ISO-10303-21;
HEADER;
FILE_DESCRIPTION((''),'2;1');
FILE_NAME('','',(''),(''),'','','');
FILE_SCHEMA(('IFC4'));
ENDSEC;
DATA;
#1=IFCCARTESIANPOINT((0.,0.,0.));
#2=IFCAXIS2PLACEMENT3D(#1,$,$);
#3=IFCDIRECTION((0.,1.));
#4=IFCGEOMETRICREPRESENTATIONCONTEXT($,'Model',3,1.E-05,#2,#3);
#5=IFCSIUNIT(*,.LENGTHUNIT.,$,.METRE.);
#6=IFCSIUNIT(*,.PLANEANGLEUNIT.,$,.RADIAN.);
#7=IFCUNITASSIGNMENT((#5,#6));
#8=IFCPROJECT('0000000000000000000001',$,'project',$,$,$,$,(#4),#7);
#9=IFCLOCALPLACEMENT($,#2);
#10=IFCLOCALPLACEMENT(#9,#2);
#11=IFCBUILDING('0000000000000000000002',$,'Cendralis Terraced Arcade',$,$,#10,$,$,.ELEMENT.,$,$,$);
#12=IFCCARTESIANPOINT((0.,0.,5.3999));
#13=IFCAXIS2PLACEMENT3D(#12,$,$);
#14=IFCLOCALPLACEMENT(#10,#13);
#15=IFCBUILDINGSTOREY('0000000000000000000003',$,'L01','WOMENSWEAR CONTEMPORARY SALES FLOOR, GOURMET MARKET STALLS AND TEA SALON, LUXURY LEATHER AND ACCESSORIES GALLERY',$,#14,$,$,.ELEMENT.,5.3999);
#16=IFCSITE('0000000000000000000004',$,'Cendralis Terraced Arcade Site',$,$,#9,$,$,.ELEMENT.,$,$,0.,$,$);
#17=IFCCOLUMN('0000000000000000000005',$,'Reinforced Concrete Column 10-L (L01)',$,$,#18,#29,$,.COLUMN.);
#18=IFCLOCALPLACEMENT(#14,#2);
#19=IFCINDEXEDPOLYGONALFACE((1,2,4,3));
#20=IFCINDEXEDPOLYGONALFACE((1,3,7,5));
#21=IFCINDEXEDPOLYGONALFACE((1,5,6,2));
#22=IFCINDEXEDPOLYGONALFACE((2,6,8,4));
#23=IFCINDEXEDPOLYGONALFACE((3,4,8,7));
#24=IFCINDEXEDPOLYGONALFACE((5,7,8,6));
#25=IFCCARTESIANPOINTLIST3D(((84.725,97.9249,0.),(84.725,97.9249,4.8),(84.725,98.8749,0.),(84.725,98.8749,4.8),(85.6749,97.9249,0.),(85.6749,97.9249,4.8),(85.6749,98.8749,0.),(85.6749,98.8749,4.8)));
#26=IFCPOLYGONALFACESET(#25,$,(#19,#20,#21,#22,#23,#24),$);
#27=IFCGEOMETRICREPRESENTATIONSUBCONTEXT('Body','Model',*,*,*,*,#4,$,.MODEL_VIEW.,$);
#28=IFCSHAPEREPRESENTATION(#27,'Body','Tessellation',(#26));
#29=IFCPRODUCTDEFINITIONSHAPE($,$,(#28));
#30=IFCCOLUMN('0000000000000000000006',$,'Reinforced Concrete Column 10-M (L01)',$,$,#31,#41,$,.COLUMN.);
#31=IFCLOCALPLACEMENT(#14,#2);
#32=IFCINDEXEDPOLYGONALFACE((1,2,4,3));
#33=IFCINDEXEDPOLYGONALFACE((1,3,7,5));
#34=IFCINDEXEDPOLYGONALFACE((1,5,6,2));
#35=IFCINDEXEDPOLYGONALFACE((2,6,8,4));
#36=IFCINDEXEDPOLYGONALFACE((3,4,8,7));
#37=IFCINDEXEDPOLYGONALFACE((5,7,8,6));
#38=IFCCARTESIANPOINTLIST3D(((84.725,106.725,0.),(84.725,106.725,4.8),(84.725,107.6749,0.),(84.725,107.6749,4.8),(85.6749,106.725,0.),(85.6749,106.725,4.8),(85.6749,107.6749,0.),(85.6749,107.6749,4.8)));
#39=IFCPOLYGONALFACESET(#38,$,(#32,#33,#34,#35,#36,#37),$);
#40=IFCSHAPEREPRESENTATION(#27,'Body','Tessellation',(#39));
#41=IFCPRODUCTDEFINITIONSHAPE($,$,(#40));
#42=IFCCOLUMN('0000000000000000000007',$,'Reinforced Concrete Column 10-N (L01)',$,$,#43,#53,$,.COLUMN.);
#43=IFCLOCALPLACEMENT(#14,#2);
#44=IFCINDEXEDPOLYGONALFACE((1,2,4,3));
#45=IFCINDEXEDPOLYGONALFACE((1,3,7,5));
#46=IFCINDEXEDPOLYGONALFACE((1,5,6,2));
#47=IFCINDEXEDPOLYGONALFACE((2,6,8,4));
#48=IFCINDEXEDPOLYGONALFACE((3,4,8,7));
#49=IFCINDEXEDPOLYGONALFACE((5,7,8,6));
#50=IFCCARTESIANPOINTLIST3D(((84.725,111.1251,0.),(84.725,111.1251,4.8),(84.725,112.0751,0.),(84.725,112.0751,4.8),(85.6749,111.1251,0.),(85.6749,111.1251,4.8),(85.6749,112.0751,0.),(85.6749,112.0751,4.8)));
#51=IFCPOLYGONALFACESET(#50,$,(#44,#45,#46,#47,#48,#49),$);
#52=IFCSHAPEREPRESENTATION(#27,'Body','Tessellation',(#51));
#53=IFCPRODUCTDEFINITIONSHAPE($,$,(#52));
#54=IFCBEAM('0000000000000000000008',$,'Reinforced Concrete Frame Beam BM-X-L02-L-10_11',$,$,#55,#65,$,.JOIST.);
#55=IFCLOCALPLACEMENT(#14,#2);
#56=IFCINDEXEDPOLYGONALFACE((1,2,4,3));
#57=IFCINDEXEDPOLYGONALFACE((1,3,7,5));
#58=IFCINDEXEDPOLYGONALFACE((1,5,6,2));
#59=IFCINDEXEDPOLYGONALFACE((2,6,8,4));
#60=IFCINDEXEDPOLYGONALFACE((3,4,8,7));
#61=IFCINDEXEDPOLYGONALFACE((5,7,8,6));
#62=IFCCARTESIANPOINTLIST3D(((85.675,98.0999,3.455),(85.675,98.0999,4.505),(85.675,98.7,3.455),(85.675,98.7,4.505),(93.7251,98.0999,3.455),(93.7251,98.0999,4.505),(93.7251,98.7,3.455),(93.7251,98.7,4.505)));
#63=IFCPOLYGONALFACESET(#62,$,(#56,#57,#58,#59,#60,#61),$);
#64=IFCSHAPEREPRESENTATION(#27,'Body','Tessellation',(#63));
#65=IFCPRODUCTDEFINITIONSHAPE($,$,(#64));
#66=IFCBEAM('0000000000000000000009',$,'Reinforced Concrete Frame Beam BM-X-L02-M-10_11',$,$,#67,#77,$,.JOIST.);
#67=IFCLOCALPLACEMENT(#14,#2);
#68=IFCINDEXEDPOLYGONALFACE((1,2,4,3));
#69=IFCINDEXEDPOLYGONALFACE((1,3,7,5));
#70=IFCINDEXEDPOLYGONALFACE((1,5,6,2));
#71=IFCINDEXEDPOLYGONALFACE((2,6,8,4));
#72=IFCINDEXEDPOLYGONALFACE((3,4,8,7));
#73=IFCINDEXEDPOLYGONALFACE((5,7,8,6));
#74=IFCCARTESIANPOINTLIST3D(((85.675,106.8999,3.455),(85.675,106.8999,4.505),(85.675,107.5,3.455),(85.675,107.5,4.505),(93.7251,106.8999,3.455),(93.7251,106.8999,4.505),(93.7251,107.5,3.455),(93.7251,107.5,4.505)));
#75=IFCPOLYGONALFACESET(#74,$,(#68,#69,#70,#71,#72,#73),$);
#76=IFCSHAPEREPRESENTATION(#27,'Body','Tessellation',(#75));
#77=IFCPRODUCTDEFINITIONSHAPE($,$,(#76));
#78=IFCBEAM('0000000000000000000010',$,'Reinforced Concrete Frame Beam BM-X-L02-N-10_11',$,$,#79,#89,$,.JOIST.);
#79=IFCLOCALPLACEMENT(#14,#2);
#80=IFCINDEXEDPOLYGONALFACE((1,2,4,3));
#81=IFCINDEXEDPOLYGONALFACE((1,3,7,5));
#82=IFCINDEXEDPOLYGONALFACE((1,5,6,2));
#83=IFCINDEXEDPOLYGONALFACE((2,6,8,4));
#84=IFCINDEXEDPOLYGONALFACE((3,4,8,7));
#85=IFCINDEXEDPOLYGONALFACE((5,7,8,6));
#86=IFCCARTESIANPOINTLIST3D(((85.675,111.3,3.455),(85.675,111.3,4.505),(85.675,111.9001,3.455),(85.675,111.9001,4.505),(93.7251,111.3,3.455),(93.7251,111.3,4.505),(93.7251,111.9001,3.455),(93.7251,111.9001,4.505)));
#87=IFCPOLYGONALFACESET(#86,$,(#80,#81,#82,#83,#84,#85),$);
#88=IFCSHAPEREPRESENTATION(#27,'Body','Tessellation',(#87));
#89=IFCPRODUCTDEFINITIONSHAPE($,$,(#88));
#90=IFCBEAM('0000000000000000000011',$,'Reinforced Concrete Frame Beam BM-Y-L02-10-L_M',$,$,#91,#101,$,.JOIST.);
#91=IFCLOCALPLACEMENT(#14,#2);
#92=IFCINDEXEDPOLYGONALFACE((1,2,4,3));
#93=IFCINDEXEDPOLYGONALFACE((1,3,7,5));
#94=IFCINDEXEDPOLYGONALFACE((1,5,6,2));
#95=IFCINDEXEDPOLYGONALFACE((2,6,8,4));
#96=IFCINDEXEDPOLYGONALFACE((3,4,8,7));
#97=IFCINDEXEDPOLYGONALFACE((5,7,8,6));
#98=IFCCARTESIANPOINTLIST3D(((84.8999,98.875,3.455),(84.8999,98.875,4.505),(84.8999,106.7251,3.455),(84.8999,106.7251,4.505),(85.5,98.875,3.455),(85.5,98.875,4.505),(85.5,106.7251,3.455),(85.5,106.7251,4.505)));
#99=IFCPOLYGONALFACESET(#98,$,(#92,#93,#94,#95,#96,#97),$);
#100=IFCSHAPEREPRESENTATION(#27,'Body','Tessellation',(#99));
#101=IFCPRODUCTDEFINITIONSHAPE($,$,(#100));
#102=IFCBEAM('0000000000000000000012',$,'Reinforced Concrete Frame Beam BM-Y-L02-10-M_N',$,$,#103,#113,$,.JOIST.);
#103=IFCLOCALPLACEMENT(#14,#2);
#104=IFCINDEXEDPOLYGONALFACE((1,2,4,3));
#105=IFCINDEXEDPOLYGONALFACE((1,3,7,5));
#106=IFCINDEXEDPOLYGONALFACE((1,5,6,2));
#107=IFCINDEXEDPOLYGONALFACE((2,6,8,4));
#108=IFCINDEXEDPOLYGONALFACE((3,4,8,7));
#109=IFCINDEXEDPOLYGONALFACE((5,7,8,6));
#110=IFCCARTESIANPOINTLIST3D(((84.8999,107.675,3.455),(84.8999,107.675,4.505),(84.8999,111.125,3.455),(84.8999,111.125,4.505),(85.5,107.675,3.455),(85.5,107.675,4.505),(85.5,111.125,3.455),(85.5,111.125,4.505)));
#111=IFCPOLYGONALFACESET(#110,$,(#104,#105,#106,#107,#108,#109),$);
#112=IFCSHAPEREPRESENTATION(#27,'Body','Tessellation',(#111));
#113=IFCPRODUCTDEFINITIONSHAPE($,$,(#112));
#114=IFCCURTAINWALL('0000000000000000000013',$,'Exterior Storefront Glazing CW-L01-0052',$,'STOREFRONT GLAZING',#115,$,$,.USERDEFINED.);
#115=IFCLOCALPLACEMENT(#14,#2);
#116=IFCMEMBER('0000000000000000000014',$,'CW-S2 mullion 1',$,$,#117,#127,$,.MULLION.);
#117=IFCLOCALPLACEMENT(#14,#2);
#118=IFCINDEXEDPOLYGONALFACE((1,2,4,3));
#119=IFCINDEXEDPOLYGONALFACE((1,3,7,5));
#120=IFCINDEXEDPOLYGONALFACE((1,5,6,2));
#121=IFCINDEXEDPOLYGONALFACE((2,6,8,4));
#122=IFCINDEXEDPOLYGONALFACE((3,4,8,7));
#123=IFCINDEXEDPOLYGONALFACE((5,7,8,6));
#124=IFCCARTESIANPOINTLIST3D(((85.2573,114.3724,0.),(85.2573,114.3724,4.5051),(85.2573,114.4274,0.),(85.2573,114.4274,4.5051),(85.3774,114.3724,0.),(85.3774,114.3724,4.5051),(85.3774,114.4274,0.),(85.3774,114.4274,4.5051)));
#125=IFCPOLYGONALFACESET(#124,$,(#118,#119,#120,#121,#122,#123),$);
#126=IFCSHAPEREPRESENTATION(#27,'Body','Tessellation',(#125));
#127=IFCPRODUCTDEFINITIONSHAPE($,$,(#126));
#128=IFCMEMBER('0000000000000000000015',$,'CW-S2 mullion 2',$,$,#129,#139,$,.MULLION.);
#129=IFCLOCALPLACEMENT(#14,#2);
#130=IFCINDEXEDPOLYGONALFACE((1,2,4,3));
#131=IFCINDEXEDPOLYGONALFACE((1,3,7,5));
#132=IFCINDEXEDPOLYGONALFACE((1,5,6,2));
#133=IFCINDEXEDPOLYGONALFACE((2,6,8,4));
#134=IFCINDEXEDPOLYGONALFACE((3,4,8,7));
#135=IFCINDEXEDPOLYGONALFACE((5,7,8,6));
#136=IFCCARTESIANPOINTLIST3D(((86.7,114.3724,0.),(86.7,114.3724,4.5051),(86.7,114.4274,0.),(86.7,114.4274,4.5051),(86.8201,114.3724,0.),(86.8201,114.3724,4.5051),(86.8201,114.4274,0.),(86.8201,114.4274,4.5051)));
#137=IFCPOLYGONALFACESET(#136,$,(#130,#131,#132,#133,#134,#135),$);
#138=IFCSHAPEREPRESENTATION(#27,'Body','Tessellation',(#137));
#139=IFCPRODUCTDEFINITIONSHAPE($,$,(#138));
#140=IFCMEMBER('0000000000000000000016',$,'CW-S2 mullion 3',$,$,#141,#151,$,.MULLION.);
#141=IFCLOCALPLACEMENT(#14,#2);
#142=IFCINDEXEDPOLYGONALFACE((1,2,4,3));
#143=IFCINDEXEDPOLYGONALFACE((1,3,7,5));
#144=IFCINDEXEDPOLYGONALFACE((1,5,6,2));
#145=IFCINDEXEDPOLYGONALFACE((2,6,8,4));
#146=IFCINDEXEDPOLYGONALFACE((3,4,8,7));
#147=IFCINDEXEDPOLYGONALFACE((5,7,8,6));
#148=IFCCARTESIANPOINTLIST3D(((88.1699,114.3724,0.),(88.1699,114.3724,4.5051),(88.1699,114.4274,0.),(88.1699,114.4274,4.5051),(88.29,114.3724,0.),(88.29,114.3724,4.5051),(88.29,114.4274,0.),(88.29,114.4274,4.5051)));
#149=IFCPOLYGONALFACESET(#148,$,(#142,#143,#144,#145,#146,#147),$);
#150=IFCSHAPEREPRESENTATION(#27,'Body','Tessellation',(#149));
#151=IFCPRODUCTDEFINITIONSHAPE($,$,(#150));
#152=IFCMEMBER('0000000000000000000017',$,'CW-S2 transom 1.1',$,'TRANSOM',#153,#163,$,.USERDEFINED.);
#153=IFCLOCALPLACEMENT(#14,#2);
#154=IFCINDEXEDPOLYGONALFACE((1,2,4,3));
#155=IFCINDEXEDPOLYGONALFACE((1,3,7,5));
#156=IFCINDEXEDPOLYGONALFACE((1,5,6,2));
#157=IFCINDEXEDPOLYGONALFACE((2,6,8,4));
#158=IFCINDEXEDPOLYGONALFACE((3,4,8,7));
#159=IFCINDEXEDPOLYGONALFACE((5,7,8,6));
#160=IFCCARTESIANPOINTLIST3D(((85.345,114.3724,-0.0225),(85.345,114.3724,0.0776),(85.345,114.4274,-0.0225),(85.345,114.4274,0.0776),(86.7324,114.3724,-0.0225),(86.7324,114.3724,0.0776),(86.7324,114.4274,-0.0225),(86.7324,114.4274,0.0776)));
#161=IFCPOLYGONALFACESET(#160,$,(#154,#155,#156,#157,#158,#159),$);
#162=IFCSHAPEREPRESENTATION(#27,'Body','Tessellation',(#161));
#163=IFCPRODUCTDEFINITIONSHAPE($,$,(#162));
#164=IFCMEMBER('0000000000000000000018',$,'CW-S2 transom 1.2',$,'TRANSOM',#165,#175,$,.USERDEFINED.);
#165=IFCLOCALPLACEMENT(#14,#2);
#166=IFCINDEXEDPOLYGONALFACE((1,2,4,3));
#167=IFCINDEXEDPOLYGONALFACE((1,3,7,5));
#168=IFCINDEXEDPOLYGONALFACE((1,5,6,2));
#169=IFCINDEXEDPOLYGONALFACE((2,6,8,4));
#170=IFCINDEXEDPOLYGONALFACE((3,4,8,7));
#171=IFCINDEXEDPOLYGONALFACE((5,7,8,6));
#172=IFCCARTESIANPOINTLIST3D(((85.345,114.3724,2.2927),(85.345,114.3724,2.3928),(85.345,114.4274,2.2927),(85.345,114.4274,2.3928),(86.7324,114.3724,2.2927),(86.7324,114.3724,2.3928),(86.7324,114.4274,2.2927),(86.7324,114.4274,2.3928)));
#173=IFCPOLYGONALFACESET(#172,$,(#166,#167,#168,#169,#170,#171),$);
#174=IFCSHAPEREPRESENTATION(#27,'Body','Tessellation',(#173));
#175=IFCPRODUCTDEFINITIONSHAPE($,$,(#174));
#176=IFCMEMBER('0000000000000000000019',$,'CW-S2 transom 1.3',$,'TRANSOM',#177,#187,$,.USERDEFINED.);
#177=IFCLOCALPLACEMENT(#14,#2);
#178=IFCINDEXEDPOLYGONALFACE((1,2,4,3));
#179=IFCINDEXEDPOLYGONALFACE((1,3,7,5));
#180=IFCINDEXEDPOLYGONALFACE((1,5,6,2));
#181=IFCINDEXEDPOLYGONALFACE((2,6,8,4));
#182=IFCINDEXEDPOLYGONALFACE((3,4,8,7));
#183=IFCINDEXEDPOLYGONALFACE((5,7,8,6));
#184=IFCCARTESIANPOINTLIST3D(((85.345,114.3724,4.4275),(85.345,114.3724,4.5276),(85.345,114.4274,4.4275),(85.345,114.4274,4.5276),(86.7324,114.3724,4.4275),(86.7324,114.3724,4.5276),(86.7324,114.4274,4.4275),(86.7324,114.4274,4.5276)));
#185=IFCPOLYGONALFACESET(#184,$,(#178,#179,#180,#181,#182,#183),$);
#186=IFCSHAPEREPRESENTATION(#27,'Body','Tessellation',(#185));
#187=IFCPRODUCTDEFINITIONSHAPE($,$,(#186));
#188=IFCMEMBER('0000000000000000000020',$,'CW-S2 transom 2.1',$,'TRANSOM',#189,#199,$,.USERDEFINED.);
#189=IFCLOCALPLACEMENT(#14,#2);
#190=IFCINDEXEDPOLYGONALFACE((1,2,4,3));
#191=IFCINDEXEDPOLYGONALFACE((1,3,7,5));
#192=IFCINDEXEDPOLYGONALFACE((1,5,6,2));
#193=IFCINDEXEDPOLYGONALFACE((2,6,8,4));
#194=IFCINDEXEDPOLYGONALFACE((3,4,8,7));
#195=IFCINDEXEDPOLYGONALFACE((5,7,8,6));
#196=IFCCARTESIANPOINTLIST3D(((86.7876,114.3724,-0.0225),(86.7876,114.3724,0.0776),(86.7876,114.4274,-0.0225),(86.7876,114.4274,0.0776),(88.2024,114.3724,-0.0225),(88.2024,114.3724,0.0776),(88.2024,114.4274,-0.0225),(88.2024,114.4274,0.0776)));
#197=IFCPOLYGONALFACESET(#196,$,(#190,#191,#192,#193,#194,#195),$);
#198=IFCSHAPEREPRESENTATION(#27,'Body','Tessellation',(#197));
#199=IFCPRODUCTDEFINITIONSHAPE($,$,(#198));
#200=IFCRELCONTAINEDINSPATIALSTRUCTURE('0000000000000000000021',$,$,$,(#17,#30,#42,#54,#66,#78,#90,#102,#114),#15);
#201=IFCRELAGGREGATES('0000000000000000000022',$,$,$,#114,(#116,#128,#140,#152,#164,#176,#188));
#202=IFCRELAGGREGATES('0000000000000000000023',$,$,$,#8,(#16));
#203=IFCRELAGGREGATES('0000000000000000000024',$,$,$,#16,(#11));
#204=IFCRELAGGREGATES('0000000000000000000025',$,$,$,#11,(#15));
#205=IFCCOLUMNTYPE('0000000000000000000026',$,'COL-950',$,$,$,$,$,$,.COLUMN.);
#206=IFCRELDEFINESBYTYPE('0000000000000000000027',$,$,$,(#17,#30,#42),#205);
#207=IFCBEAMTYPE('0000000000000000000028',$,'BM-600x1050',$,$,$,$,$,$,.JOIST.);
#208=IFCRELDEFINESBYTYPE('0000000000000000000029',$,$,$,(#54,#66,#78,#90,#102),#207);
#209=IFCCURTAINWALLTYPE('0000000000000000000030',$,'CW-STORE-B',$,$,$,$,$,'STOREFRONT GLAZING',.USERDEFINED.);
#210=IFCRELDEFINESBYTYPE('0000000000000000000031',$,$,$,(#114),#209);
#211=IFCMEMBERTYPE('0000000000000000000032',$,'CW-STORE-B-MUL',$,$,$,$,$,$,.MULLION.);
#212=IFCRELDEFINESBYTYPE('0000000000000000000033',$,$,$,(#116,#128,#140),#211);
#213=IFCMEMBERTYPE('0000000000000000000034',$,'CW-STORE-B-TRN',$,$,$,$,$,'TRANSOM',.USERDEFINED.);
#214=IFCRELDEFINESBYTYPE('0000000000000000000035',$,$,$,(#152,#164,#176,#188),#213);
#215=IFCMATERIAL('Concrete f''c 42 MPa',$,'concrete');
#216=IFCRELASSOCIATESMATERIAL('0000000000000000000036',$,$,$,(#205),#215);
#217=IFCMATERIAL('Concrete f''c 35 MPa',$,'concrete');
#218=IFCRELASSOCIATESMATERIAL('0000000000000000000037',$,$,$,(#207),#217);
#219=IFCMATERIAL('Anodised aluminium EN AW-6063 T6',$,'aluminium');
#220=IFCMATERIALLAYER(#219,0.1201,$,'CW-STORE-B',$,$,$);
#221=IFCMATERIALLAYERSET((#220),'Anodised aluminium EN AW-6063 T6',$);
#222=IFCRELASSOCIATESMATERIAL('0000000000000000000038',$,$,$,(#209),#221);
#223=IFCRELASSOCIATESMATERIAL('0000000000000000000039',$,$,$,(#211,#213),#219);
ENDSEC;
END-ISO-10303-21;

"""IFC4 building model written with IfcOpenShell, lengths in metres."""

from ifc_helpers import new_model, si_unit, direction, frame, origin, origin_2d, place, context, subcontext, project, spatial, rectangle, extrude, material, layer, layer_set, material_profile, profile_set, type_object, element, aggregate, save


model = new_model("IFC4")

# Units and contexts
model_context = context("Model", 3, precision=1e-05, world=origin(), true_north=direction((0.0, 1.0)))
body_context = subcontext(model_context, "Body", "Model", "MODEL_VIEW")
ifc_project = project(units=[si_unit("LENGTHUNIT", "METRE"), si_unit("PLANEANGLEUNIT", "RADIAN")], contexts=[model_context])

# Site, building, storey
site_placement = place(None, origin())
site = spatial("IfcSite", under=ifc_project, at=site_placement, Name="Cendralis Terraced Arcade Site", CompositionType="ELEMENT", RefElevation=0.0)
building_placement = place(site_placement, origin())
building = spatial("IfcBuilding", under=site, at=building_placement, Name="Cendralis Terraced Arcade", CompositionType="ELEMENT")
storey_placement = place(building_placement, frame((0.0, 0.0, 5.3999)))
storey = spatial("IfcBuildingStorey", under=building, at=storey_placement, Name="L01", Description="WOMENSWEAR CONTEMPORARY SALES FLOOR, GOURMET MARKET STALLS AND TEA SALON, LUXURY LEATHER AND ACCESSORIES GALLERY", CompositionType="ELEMENT", Elevation=5.3999)

# Columns
ifc_material_1 = material(Name="Concrete f'c 42 MPa", Category="concrete")
ifc_material_profile_1 = material_profile(ifc_material_1, rectangle(XDim=0.95, YDim=0.95, at=origin_2d()), Name="RC-COL-950x950", Category="LoadBearing")
ifc_profile_set_1 = profile_set([ifc_material_profile_1], Name="Concrete f'c 42 MPa")
column_type = type_object("IfcColumnType", Name="COL-950", PredefinedType="COLUMN", material=ifc_profile_set_1)
for number, where, z_axis, x_axis, name in (
    (1, (85.2, 98.3999, 0.0), (0.0, 0.0, 1.0), (1.0, 0.0, 0.0), "Reinforced Concrete Column 10-L (L01)"),
    (2, (85.2, 107.2, 0.0), (0.0, 0.0, 1.0), (1.0, 0.0, 0.0), "Reinforced Concrete Column 10-M (L01)"),
    (3, (85.2, 111.6001, 0.0), (0.0, 0.0, 1.0), (1.0, 0.0, 0.0), "Reinforced Concrete Column 10-N (L01)"),
):
    element("IfcColumn", number, at=place(storey_placement, frame(where, z_axis=z_axis, x_axis=x_axis)), inside=storey, type_object=column_type, Name=name, PredefinedType="COLUMN", context=body_context, shape_type="SweptSolid", body=[
        extrude(rectangle(XDim=0.95, YDim=0.95, at=origin_2d()), origin(), (0.0, 0.0, 1.0), 4.8),
    ])

# Beams
ifc_material_2 = material(Name="Concrete f'c 35 MPa", Category="concrete")
ifc_material_profile_2 = material_profile(ifc_material_2, rectangle(XDim=0.6001, YDim=1.05, at=origin_2d()), Name="RC-BM-600x1050", Category="LoadBearing")
ifc_profile_set_2 = profile_set([ifc_material_profile_2], Name="Concrete f'c 35 MPa")
beam_type = type_object("IfcBeamType", Name="BM-600x1050", PredefinedType="JOIST", material=ifc_profile_set_2)
for number, where, z_axis, x_axis, name in (
    (4, (85.675, 98.3999, 3.98), (1.0, 0.0, 0.0), (0.0, 1.0, 0.0), "Reinforced Concrete Frame Beam BM-X-L02-L-10_11"),
    (5, (85.675, 107.2, 3.98), (1.0, 0.0, 0.0), (0.0, 1.0, 0.0), "Reinforced Concrete Frame Beam BM-X-L02-M-10_11"),
    (6, (85.675, 111.6001, 3.98), (1.0, 0.0, 0.0), (0.0, 1.0, 0.0), "Reinforced Concrete Frame Beam BM-X-L02-N-10_11"),
):
    element("IfcBeam", number, at=place(storey_placement, frame(where, z_axis=z_axis, x_axis=x_axis)), inside=storey, type_object=beam_type, Name=name, PredefinedType="JOIST", context=body_context, shape_type="SweptSolid", body=[
        extrude(rectangle(XDim=0.6001, YDim=1.05, at=origin_2d()), origin(), (0.0, 0.0, 1.0), 8.05),
    ])
beam_1_placement = place(storey_placement, frame((85.2, 98.875, 3.98), z_axis=(0.0, 1.0, 0.0), x_axis=(-1.0, 0.0, 0.0)))
element("IfcBeam", 7, at=beam_1_placement, inside=storey, type_object=beam_type, Name="Reinforced Concrete Frame Beam BM-Y-L02-10-L_M", PredefinedType="JOIST", context=body_context, shape_type="SweptSolid", body=[
    extrude(rectangle(XDim=0.6001, YDim=1.05, at=origin_2d()), origin(), (0.0, 0.0, 1.0), 7.8501),
])
beam_2_placement = place(storey_placement, frame((85.2, 107.675, 3.98), z_axis=(0.0, 1.0, 0.0), x_axis=(-1.0, 0.0, 0.0)))
element("IfcBeam", 8, at=beam_2_placement, inside=storey, type_object=beam_type, Name="Reinforced Concrete Frame Beam BM-Y-L02-10-M_N", PredefinedType="JOIST", context=body_context, shape_type="SweptSolid", body=[
    extrude(rectangle(XDim=0.6001, YDim=1.05, at=origin_2d()), origin(), (0.0, 0.0, 1.0), 3.45),
])

# Curtain wall, members
ifc_material_3 = material(Name="Anodised aluminium EN AW-6063 T6", Category="aluminium")
ifc_layer_1 = layer(ifc_material_3, 0.1201, Name="CW-STORE-B")
ifc_layer_set_1 = layer_set([ifc_layer_1], Name="Anodised aluminium EN AW-6063 T6")
curtain_wall_type = type_object("IfcCurtainWallType", Name="CW-STORE-B", ElementType="STOREFRONT GLAZING", PredefinedType="USERDEFINED", material=ifc_layer_set_1)
curtain_wall_placement = place(storey_placement, origin())
curtain_wall = element("IfcCurtainWall", 9, at=curtain_wall_placement, inside=storey, type_object=curtain_wall_type, Name="Exterior Storefront Glazing CW-L01-0052", ObjectType="STOREFRONT GLAZING", PredefinedType="USERDEFINED")
ifc_material_profile_3 = material_profile(ifc_material_3, rectangle(XDim=0.0549, YDim=0.1201, at=origin_2d()), Name="ALU-MUL-55x120")
ifc_profile_set_3 = profile_set([ifc_material_profile_3], Name="Anodised aluminium EN AW-6063 T6")
member_type_1 = type_object("IfcMemberType", Name="CW-STORE-B-MUL", PredefinedType="MULLION", material=ifc_profile_set_3)
member_1_placement = place(storey_placement, frame((85.3174, 114.3999, 0.0), z_axis=(0.0, 0.0, 1.0), x_axis=(0.0, 1.0, 0.0)))
member_1 = element("IfcMember", 10, at=member_1_placement, type_object=member_type_1, Name="CW-S2 mullion 1", PredefinedType="MULLION", context=body_context, shape_type="SweptSolid", body=[
    extrude(rectangle(XDim=0.0549, YDim=0.1201, at=origin_2d()), origin(), (0.0, 0.0, 1.0), 4.5051),
])
member_2_placement = place(storey_placement, frame((86.76, 114.3999, 0.0), z_axis=(0.0, 0.0, 1.0), x_axis=(0.0, 1.0, 0.0)))
member_2 = element("IfcMember", 11, at=member_2_placement, type_object=member_type_1, Name="CW-S2 mullion 2", PredefinedType="MULLION", context=body_context, shape_type="SweptSolid", body=[
    extrude(rectangle(XDim=0.0549, YDim=0.1201, at=origin_2d()), origin(), (0.0, 0.0, 1.0), 4.5051),
])
member_3_placement = place(storey_placement, frame((88.23, 114.3999, 0.0), z_axis=(0.0, 0.0, 1.0), x_axis=(0.0, 1.0, 0.0)))
member_3 = element("IfcMember", 12, at=member_3_placement, type_object=member_type_1, Name="CW-S2 mullion 3", PredefinedType="MULLION", context=body_context, shape_type="SweptSolid", body=[
    extrude(rectangle(XDim=0.0549, YDim=0.1201, at=origin_2d()), origin(), (0.0, 0.0, 1.0), 4.5051),
])
ifc_material_profile_4 = material_profile(ifc_material_3, rectangle(XDim=0.0549, YDim=0.1001, at=origin_2d()), Name="ALU-TRN-55x100")
ifc_profile_set_4 = profile_set([ifc_material_profile_4], Name="Anodised aluminium EN AW-6063 T6")
member_type_2 = type_object("IfcMemberType", Name="CW-STORE-B-TRN", ElementType="TRANSOM", PredefinedType="USERDEFINED", material=ifc_profile_set_4)
member_4_placement = place(storey_placement, frame((85.345, 114.3999, 0.0276), z_axis=(1.0, 0.0, 0.0), x_axis=(0.0, 1.0, 0.0)))
member_4 = element("IfcMember", 13, at=member_4_placement, type_object=member_type_2, Name="CW-S2 transom 1.1", ObjectType="TRANSOM", PredefinedType="USERDEFINED", context=body_context, shape_type="SweptSolid", body=[
    extrude(rectangle(XDim=0.0549, YDim=0.1001, at=origin_2d()), origin(), (0.0, 0.0, 1.0), 1.3875),
])
member_5_placement = place(storey_placement, frame((85.345, 114.3999, 2.3428), z_axis=(1.0, 0.0, 0.0), x_axis=(0.0, 1.0, 0.0)))
member_5 = element("IfcMember", 14, at=member_5_placement, type_object=member_type_2, Name="CW-S2 transom 1.2", ObjectType="TRANSOM", PredefinedType="USERDEFINED", context=body_context, shape_type="SweptSolid", body=[
    extrude(rectangle(XDim=0.0549, YDim=0.1001, at=origin_2d()), origin(), (0.0, 0.0, 1.0), 1.3875),
])
member_6_placement = place(storey_placement, frame((85.345, 114.3999, 4.4775), z_axis=(1.0, 0.0, 0.0), x_axis=(0.0, 1.0, 0.0)))
member_6 = element("IfcMember", 15, at=member_6_placement, type_object=member_type_2, Name="CW-S2 transom 1.3", ObjectType="TRANSOM", PredefinedType="USERDEFINED", context=body_context, shape_type="SweptSolid", body=[
    extrude(rectangle(XDim=0.0549, YDim=0.1001, at=origin_2d()), origin(), (0.0, 0.0, 1.0), 1.3875),
])
member_7_placement = place(storey_placement, frame((86.7876, 114.3999, 0.0276), z_axis=(1.0, 0.0, 0.0), x_axis=(0.0, 1.0, 0.0)))
member_7 = element("IfcMember", 16, at=member_7_placement, type_object=member_type_2, Name="CW-S2 transom 2.1", ObjectType="TRANSOM", PredefinedType="USERDEFINED", context=body_context, shape_type="SweptSolid", body=[
    extrude(rectangle(XDim=0.0549, YDim=0.1001, at=origin_2d()), origin(), (0.0, 0.0, 1.0), 1.4148),
])
aggregate(curtain_wall, [member_1, member_2, member_3, member_4, member_5, member_6, member_7])

save(model, "model.ifc")
